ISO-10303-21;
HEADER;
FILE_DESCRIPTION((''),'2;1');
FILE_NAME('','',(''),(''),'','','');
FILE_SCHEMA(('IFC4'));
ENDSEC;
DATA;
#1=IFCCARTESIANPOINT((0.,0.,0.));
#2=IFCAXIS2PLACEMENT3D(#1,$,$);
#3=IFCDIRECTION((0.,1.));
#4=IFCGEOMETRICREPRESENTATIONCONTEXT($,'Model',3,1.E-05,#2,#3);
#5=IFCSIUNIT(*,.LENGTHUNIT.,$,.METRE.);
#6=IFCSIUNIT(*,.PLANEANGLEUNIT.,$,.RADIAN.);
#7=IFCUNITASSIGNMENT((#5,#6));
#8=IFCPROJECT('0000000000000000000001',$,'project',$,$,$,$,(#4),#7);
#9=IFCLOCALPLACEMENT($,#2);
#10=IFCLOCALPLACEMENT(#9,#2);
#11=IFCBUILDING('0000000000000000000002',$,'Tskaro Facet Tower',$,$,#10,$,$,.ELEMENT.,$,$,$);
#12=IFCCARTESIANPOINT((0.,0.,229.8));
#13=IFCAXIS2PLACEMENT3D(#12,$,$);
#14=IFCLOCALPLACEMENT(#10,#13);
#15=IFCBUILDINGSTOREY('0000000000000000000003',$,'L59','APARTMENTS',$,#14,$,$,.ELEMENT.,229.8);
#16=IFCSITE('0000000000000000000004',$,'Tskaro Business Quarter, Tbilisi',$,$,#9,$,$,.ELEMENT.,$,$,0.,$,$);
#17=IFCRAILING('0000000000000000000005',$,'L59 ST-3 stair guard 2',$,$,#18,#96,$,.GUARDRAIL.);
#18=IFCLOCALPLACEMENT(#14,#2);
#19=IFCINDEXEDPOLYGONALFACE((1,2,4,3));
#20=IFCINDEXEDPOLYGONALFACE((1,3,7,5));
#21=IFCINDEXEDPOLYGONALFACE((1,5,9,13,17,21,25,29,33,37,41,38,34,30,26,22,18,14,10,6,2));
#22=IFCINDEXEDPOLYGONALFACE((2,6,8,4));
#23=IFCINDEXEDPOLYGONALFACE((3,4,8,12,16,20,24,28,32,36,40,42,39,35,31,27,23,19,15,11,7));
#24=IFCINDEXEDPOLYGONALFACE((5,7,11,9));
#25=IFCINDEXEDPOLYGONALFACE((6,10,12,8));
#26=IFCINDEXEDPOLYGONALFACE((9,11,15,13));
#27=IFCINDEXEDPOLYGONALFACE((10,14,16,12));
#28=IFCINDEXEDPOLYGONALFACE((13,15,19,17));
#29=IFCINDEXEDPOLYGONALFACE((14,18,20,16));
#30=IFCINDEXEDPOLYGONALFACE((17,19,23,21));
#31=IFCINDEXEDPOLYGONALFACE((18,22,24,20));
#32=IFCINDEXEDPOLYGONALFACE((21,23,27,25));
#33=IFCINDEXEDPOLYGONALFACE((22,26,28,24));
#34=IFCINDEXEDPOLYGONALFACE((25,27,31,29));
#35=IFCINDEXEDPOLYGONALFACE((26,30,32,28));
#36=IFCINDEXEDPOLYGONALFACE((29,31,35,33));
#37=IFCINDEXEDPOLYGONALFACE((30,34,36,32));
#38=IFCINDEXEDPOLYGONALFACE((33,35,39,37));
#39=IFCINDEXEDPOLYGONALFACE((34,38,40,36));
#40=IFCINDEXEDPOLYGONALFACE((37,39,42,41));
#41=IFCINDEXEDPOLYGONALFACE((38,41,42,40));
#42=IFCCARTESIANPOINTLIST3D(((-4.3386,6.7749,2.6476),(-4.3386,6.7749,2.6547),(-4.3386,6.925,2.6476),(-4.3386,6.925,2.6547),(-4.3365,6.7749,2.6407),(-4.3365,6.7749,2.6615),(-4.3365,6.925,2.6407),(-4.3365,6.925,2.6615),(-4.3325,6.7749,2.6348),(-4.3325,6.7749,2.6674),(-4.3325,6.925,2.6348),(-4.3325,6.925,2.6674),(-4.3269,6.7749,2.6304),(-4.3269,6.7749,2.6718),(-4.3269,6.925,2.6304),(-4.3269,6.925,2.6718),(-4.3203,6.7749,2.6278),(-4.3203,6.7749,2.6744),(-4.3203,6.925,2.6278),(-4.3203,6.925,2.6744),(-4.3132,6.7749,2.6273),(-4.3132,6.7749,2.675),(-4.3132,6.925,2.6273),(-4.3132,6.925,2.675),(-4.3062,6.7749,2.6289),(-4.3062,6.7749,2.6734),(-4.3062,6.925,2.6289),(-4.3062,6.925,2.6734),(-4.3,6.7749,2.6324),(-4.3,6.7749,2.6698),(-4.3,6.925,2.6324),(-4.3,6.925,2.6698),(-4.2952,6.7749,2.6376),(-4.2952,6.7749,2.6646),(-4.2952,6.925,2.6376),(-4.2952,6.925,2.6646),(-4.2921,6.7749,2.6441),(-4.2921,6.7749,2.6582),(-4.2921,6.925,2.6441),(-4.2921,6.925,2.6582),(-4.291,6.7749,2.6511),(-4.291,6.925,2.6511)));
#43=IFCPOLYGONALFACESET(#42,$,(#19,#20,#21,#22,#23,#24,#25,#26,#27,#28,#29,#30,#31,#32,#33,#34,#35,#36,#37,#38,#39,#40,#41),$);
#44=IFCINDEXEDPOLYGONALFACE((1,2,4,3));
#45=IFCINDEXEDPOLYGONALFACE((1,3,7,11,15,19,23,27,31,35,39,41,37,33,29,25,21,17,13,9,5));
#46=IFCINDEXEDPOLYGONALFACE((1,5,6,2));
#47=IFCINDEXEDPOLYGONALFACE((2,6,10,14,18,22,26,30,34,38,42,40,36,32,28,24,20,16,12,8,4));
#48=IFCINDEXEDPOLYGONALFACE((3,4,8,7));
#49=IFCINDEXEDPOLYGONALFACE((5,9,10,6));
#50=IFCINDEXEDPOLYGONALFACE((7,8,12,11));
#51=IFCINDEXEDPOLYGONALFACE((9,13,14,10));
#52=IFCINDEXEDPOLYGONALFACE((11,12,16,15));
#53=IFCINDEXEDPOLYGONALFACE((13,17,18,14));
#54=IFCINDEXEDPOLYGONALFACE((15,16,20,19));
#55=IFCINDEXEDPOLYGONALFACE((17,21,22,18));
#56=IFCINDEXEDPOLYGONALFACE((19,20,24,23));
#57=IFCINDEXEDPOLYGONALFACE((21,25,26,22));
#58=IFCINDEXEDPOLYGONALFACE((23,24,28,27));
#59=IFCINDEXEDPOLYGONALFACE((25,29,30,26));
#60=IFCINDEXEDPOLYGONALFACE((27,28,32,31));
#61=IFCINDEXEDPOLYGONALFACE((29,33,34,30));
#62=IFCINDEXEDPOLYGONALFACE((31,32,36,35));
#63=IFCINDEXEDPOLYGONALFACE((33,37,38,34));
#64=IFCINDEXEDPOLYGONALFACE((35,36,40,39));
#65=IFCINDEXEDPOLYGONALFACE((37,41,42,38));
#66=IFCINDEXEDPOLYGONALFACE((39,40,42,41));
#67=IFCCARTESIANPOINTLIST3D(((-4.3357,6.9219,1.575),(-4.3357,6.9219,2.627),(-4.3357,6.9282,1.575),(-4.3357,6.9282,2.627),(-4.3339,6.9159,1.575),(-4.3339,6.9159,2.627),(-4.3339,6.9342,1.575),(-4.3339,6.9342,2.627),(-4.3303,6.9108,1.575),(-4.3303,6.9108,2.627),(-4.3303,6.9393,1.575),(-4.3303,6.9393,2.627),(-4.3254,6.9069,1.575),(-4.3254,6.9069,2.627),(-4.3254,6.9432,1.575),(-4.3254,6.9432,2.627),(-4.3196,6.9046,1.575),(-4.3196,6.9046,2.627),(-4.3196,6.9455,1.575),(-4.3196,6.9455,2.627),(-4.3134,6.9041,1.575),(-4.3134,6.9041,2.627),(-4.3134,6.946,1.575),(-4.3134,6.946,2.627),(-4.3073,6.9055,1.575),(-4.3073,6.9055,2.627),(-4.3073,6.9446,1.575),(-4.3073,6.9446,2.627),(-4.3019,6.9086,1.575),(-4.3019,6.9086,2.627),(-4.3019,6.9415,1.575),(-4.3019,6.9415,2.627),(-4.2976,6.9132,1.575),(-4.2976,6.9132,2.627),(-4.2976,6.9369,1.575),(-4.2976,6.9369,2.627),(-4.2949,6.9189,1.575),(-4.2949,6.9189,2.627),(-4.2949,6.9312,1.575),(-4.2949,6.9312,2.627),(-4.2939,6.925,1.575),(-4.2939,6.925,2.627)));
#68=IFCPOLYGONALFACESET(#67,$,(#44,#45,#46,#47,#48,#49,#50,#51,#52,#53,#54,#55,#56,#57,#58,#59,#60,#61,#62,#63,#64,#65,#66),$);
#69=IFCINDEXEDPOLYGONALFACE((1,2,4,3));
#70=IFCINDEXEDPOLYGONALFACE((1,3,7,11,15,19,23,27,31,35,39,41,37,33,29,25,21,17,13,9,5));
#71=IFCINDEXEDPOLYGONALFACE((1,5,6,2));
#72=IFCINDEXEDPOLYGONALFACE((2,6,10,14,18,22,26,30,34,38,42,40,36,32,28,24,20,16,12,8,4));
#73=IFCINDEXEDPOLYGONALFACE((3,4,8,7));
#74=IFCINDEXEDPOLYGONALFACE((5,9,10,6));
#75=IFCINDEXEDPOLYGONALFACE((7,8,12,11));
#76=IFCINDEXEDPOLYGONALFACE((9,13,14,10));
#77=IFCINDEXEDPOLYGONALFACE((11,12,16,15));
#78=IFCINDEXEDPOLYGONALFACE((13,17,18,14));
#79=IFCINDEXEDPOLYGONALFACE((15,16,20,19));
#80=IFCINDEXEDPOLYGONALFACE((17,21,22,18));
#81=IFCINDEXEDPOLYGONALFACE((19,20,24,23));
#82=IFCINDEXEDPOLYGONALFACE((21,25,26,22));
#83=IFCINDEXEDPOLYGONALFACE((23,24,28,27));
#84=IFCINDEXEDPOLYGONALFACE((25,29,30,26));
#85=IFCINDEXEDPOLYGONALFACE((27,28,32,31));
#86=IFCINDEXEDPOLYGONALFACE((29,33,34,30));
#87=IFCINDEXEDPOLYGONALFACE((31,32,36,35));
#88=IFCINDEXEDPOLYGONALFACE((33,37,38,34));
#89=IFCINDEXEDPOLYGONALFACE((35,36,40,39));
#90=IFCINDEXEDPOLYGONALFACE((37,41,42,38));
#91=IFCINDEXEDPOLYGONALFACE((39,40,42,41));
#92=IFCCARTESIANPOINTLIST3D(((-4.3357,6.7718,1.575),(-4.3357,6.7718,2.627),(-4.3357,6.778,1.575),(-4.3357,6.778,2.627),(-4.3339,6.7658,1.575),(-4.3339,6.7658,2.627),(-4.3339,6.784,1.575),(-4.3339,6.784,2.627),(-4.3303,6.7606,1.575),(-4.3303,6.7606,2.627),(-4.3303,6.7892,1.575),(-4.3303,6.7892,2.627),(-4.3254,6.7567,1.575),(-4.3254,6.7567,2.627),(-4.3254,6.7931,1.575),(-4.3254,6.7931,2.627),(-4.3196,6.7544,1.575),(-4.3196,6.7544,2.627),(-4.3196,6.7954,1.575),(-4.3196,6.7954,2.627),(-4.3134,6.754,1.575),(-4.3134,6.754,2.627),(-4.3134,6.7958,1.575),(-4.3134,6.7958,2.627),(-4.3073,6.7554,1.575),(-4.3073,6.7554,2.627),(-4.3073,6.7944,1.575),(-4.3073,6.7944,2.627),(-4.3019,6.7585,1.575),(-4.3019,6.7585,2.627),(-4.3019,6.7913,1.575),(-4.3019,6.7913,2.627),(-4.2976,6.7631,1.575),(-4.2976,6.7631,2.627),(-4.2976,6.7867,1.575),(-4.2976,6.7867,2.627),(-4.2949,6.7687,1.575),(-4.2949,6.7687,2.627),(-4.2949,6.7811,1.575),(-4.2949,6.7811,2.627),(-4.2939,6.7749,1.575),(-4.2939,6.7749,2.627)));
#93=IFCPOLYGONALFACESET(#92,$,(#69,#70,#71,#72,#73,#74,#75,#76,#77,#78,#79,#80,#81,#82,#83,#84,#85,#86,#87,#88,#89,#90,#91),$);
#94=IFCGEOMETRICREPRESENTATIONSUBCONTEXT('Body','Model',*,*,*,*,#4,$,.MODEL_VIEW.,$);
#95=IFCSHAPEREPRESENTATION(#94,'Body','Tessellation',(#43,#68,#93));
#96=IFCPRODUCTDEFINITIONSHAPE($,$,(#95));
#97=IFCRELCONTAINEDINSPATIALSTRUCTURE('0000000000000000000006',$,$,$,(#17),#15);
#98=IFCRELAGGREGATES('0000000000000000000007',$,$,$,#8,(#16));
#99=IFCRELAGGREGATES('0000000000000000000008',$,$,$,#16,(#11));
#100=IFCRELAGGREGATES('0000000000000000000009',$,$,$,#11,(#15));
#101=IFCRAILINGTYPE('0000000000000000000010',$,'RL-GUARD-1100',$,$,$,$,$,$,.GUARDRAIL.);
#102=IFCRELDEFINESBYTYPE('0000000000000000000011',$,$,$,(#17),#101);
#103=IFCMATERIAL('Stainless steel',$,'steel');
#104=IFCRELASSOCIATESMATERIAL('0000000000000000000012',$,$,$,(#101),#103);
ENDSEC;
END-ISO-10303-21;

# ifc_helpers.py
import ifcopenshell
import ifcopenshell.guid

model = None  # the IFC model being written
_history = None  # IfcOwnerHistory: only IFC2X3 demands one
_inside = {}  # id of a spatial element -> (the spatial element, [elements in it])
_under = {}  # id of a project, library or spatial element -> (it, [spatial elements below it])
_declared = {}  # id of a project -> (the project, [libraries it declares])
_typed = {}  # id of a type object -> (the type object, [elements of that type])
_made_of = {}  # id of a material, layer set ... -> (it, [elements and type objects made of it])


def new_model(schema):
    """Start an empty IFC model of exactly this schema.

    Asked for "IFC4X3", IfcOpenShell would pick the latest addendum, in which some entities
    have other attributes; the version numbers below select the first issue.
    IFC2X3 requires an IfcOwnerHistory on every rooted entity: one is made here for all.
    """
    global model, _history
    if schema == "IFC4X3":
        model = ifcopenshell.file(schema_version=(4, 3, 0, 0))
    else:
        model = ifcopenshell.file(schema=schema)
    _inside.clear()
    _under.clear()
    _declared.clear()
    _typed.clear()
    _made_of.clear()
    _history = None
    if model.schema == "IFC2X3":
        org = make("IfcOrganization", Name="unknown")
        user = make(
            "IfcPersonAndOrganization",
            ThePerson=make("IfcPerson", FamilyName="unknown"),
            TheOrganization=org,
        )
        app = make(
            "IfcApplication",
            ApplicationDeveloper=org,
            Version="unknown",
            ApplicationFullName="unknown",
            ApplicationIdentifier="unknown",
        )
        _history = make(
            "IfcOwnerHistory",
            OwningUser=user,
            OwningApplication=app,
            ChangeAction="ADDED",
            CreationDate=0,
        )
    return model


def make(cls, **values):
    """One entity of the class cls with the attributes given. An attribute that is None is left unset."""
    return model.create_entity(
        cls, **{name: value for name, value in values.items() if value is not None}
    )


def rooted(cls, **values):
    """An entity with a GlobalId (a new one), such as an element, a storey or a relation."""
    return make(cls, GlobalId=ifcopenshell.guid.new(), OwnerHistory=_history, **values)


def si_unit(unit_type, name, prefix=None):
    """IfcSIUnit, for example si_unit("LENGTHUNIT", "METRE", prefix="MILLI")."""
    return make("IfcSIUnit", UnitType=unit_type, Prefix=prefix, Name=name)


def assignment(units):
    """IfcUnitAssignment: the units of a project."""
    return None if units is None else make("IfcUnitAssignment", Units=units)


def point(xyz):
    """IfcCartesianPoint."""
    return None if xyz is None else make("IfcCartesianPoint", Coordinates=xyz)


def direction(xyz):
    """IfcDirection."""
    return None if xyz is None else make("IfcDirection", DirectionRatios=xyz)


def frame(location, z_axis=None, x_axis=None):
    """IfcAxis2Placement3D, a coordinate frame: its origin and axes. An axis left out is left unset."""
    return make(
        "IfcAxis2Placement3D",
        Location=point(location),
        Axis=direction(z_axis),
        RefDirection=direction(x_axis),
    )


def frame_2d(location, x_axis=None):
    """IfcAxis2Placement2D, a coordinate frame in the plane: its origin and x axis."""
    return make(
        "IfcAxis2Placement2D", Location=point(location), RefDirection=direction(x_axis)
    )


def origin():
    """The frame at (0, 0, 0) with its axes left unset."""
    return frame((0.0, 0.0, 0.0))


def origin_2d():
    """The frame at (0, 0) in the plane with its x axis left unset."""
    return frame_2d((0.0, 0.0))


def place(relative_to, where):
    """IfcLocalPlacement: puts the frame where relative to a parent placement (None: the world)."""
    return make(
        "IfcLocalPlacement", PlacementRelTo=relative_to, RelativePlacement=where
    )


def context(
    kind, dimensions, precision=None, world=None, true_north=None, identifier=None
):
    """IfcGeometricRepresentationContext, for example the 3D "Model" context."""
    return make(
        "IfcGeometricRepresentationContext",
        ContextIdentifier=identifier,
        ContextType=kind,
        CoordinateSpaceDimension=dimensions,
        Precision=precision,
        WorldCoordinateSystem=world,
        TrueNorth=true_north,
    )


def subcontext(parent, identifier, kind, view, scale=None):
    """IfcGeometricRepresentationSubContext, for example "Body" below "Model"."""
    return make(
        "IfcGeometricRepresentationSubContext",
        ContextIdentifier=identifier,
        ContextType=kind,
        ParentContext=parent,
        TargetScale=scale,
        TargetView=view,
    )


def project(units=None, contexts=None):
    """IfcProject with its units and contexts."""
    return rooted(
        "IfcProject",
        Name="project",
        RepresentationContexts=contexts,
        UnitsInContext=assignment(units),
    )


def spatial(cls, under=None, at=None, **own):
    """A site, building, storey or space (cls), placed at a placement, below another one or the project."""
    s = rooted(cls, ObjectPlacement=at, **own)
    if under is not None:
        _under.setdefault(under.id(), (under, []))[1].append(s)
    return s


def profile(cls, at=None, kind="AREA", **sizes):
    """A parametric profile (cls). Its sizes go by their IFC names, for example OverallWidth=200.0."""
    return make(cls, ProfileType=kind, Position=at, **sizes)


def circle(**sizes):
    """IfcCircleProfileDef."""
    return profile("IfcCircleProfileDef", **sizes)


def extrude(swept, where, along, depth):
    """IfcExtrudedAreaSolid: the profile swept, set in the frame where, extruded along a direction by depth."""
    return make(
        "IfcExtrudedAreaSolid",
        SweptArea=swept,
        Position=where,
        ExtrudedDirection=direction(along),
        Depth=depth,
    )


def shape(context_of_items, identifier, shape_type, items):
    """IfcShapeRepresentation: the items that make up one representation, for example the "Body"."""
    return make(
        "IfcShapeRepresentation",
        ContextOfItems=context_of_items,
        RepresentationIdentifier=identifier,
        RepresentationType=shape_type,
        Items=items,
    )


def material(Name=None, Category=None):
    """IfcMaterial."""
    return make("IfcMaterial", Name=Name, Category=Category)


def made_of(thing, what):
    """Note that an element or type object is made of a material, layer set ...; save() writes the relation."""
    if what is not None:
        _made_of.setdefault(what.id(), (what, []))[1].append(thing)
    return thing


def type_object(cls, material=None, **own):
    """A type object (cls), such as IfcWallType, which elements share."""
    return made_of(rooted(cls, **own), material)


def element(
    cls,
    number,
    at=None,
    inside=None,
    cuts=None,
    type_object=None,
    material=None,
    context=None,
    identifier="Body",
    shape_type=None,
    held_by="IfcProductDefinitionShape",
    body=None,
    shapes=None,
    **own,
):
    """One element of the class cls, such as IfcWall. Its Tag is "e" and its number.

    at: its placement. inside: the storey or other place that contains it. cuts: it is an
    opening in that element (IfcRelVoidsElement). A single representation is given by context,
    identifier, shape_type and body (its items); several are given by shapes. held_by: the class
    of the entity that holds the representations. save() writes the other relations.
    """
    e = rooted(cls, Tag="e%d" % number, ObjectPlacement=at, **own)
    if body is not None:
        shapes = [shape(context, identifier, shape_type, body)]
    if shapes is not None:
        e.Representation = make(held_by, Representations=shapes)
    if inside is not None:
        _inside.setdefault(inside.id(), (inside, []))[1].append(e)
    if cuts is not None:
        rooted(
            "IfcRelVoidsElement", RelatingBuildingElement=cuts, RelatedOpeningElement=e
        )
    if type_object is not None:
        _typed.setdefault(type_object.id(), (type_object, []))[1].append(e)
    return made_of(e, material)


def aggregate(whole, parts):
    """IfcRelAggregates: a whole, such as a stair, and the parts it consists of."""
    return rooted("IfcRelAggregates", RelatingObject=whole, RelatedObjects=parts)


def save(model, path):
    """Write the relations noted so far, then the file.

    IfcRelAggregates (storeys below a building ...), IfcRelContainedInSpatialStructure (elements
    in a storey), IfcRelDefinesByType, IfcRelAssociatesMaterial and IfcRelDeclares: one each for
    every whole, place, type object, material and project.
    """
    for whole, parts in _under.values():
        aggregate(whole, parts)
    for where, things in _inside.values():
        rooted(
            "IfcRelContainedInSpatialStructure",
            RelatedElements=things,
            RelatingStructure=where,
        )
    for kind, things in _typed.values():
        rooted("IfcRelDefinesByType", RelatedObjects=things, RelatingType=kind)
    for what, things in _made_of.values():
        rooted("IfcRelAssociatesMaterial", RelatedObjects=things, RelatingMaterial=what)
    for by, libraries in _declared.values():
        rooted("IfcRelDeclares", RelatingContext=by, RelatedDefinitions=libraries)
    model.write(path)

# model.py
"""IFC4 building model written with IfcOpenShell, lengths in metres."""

from ifc_helpers import new_model, si_unit, direction, frame, origin, origin_2d, place, context, subcontext, project, spatial, circle, extrude, material, type_object, element, save


model = new_model("IFC4")

# Units and contexts
model_context = context("Model", 3, precision=1e-05, world=origin(), true_north=direction((0.0, 1.0)))
body_context = subcontext(model_context, "Body", "Model", "MODEL_VIEW")
ifc_project = project(units=[si_unit("LENGTHUNIT", "METRE"), si_unit("PLANEANGLEUNIT", "RADIAN")], contexts=[model_context])

# Site, building, storey
site_placement = place(None, origin())
site = spatial("IfcSite", under=ifc_project, at=site_placement, Name="Tskaro Business Quarter, Tbilisi", CompositionType="ELEMENT", RefElevation=0.0)
building_placement = place(site_placement, origin())
building = spatial("IfcBuilding", under=site, at=building_placement, Name="Tskaro Facet Tower", CompositionType="ELEMENT")
storey_placement = place(building_placement, frame((0.0, 0.0, 229.8)))
storey = spatial("IfcBuildingStorey", under=building, at=storey_placement, Name="L59", Description="APARTMENTS", CompositionType="ELEMENT", Elevation=229.8)

# Railing
ifc_material_1 = material(Name="Stainless steel", Category="steel")
railing_type_1 = type_object("IfcRailingType", Name="RL-GUARD-1100", PredefinedType="GUARDRAIL", material=ifc_material_1)
railing_1_placement = place(storey_placement, frame((-4.3149, 6.925, 1.575)))
element("IfcRailing", 1, at=railing_1_placement, inside=storey, type_object=railing_type_1, Name="L59 ST-3 stair guard 2", PredefinedType="GUARDRAIL", context=body_context, shape_type="SweptSolid", body=[
    extrude(circle(Radius=0.0239, at=origin_2d()), frame((0.0, 0.0, 1.0762), z_axis=(0.0, -1.0, 0.0), x_axis=(1.0, 0.0, 0.0)), (0.0, 0.0, 1.0), 0.1501),
    extrude(circle(Radius=0.021, at=origin_2d()), origin(), (0.0, 0.0, 1.0), 1.052),
    extrude(circle(Radius=0.021, at=origin_2d()), frame((0.0, -0.1501, 0.0)), (0.0, 0.0, 1.0), 1.052),
])

save(model, "model.ifc")
